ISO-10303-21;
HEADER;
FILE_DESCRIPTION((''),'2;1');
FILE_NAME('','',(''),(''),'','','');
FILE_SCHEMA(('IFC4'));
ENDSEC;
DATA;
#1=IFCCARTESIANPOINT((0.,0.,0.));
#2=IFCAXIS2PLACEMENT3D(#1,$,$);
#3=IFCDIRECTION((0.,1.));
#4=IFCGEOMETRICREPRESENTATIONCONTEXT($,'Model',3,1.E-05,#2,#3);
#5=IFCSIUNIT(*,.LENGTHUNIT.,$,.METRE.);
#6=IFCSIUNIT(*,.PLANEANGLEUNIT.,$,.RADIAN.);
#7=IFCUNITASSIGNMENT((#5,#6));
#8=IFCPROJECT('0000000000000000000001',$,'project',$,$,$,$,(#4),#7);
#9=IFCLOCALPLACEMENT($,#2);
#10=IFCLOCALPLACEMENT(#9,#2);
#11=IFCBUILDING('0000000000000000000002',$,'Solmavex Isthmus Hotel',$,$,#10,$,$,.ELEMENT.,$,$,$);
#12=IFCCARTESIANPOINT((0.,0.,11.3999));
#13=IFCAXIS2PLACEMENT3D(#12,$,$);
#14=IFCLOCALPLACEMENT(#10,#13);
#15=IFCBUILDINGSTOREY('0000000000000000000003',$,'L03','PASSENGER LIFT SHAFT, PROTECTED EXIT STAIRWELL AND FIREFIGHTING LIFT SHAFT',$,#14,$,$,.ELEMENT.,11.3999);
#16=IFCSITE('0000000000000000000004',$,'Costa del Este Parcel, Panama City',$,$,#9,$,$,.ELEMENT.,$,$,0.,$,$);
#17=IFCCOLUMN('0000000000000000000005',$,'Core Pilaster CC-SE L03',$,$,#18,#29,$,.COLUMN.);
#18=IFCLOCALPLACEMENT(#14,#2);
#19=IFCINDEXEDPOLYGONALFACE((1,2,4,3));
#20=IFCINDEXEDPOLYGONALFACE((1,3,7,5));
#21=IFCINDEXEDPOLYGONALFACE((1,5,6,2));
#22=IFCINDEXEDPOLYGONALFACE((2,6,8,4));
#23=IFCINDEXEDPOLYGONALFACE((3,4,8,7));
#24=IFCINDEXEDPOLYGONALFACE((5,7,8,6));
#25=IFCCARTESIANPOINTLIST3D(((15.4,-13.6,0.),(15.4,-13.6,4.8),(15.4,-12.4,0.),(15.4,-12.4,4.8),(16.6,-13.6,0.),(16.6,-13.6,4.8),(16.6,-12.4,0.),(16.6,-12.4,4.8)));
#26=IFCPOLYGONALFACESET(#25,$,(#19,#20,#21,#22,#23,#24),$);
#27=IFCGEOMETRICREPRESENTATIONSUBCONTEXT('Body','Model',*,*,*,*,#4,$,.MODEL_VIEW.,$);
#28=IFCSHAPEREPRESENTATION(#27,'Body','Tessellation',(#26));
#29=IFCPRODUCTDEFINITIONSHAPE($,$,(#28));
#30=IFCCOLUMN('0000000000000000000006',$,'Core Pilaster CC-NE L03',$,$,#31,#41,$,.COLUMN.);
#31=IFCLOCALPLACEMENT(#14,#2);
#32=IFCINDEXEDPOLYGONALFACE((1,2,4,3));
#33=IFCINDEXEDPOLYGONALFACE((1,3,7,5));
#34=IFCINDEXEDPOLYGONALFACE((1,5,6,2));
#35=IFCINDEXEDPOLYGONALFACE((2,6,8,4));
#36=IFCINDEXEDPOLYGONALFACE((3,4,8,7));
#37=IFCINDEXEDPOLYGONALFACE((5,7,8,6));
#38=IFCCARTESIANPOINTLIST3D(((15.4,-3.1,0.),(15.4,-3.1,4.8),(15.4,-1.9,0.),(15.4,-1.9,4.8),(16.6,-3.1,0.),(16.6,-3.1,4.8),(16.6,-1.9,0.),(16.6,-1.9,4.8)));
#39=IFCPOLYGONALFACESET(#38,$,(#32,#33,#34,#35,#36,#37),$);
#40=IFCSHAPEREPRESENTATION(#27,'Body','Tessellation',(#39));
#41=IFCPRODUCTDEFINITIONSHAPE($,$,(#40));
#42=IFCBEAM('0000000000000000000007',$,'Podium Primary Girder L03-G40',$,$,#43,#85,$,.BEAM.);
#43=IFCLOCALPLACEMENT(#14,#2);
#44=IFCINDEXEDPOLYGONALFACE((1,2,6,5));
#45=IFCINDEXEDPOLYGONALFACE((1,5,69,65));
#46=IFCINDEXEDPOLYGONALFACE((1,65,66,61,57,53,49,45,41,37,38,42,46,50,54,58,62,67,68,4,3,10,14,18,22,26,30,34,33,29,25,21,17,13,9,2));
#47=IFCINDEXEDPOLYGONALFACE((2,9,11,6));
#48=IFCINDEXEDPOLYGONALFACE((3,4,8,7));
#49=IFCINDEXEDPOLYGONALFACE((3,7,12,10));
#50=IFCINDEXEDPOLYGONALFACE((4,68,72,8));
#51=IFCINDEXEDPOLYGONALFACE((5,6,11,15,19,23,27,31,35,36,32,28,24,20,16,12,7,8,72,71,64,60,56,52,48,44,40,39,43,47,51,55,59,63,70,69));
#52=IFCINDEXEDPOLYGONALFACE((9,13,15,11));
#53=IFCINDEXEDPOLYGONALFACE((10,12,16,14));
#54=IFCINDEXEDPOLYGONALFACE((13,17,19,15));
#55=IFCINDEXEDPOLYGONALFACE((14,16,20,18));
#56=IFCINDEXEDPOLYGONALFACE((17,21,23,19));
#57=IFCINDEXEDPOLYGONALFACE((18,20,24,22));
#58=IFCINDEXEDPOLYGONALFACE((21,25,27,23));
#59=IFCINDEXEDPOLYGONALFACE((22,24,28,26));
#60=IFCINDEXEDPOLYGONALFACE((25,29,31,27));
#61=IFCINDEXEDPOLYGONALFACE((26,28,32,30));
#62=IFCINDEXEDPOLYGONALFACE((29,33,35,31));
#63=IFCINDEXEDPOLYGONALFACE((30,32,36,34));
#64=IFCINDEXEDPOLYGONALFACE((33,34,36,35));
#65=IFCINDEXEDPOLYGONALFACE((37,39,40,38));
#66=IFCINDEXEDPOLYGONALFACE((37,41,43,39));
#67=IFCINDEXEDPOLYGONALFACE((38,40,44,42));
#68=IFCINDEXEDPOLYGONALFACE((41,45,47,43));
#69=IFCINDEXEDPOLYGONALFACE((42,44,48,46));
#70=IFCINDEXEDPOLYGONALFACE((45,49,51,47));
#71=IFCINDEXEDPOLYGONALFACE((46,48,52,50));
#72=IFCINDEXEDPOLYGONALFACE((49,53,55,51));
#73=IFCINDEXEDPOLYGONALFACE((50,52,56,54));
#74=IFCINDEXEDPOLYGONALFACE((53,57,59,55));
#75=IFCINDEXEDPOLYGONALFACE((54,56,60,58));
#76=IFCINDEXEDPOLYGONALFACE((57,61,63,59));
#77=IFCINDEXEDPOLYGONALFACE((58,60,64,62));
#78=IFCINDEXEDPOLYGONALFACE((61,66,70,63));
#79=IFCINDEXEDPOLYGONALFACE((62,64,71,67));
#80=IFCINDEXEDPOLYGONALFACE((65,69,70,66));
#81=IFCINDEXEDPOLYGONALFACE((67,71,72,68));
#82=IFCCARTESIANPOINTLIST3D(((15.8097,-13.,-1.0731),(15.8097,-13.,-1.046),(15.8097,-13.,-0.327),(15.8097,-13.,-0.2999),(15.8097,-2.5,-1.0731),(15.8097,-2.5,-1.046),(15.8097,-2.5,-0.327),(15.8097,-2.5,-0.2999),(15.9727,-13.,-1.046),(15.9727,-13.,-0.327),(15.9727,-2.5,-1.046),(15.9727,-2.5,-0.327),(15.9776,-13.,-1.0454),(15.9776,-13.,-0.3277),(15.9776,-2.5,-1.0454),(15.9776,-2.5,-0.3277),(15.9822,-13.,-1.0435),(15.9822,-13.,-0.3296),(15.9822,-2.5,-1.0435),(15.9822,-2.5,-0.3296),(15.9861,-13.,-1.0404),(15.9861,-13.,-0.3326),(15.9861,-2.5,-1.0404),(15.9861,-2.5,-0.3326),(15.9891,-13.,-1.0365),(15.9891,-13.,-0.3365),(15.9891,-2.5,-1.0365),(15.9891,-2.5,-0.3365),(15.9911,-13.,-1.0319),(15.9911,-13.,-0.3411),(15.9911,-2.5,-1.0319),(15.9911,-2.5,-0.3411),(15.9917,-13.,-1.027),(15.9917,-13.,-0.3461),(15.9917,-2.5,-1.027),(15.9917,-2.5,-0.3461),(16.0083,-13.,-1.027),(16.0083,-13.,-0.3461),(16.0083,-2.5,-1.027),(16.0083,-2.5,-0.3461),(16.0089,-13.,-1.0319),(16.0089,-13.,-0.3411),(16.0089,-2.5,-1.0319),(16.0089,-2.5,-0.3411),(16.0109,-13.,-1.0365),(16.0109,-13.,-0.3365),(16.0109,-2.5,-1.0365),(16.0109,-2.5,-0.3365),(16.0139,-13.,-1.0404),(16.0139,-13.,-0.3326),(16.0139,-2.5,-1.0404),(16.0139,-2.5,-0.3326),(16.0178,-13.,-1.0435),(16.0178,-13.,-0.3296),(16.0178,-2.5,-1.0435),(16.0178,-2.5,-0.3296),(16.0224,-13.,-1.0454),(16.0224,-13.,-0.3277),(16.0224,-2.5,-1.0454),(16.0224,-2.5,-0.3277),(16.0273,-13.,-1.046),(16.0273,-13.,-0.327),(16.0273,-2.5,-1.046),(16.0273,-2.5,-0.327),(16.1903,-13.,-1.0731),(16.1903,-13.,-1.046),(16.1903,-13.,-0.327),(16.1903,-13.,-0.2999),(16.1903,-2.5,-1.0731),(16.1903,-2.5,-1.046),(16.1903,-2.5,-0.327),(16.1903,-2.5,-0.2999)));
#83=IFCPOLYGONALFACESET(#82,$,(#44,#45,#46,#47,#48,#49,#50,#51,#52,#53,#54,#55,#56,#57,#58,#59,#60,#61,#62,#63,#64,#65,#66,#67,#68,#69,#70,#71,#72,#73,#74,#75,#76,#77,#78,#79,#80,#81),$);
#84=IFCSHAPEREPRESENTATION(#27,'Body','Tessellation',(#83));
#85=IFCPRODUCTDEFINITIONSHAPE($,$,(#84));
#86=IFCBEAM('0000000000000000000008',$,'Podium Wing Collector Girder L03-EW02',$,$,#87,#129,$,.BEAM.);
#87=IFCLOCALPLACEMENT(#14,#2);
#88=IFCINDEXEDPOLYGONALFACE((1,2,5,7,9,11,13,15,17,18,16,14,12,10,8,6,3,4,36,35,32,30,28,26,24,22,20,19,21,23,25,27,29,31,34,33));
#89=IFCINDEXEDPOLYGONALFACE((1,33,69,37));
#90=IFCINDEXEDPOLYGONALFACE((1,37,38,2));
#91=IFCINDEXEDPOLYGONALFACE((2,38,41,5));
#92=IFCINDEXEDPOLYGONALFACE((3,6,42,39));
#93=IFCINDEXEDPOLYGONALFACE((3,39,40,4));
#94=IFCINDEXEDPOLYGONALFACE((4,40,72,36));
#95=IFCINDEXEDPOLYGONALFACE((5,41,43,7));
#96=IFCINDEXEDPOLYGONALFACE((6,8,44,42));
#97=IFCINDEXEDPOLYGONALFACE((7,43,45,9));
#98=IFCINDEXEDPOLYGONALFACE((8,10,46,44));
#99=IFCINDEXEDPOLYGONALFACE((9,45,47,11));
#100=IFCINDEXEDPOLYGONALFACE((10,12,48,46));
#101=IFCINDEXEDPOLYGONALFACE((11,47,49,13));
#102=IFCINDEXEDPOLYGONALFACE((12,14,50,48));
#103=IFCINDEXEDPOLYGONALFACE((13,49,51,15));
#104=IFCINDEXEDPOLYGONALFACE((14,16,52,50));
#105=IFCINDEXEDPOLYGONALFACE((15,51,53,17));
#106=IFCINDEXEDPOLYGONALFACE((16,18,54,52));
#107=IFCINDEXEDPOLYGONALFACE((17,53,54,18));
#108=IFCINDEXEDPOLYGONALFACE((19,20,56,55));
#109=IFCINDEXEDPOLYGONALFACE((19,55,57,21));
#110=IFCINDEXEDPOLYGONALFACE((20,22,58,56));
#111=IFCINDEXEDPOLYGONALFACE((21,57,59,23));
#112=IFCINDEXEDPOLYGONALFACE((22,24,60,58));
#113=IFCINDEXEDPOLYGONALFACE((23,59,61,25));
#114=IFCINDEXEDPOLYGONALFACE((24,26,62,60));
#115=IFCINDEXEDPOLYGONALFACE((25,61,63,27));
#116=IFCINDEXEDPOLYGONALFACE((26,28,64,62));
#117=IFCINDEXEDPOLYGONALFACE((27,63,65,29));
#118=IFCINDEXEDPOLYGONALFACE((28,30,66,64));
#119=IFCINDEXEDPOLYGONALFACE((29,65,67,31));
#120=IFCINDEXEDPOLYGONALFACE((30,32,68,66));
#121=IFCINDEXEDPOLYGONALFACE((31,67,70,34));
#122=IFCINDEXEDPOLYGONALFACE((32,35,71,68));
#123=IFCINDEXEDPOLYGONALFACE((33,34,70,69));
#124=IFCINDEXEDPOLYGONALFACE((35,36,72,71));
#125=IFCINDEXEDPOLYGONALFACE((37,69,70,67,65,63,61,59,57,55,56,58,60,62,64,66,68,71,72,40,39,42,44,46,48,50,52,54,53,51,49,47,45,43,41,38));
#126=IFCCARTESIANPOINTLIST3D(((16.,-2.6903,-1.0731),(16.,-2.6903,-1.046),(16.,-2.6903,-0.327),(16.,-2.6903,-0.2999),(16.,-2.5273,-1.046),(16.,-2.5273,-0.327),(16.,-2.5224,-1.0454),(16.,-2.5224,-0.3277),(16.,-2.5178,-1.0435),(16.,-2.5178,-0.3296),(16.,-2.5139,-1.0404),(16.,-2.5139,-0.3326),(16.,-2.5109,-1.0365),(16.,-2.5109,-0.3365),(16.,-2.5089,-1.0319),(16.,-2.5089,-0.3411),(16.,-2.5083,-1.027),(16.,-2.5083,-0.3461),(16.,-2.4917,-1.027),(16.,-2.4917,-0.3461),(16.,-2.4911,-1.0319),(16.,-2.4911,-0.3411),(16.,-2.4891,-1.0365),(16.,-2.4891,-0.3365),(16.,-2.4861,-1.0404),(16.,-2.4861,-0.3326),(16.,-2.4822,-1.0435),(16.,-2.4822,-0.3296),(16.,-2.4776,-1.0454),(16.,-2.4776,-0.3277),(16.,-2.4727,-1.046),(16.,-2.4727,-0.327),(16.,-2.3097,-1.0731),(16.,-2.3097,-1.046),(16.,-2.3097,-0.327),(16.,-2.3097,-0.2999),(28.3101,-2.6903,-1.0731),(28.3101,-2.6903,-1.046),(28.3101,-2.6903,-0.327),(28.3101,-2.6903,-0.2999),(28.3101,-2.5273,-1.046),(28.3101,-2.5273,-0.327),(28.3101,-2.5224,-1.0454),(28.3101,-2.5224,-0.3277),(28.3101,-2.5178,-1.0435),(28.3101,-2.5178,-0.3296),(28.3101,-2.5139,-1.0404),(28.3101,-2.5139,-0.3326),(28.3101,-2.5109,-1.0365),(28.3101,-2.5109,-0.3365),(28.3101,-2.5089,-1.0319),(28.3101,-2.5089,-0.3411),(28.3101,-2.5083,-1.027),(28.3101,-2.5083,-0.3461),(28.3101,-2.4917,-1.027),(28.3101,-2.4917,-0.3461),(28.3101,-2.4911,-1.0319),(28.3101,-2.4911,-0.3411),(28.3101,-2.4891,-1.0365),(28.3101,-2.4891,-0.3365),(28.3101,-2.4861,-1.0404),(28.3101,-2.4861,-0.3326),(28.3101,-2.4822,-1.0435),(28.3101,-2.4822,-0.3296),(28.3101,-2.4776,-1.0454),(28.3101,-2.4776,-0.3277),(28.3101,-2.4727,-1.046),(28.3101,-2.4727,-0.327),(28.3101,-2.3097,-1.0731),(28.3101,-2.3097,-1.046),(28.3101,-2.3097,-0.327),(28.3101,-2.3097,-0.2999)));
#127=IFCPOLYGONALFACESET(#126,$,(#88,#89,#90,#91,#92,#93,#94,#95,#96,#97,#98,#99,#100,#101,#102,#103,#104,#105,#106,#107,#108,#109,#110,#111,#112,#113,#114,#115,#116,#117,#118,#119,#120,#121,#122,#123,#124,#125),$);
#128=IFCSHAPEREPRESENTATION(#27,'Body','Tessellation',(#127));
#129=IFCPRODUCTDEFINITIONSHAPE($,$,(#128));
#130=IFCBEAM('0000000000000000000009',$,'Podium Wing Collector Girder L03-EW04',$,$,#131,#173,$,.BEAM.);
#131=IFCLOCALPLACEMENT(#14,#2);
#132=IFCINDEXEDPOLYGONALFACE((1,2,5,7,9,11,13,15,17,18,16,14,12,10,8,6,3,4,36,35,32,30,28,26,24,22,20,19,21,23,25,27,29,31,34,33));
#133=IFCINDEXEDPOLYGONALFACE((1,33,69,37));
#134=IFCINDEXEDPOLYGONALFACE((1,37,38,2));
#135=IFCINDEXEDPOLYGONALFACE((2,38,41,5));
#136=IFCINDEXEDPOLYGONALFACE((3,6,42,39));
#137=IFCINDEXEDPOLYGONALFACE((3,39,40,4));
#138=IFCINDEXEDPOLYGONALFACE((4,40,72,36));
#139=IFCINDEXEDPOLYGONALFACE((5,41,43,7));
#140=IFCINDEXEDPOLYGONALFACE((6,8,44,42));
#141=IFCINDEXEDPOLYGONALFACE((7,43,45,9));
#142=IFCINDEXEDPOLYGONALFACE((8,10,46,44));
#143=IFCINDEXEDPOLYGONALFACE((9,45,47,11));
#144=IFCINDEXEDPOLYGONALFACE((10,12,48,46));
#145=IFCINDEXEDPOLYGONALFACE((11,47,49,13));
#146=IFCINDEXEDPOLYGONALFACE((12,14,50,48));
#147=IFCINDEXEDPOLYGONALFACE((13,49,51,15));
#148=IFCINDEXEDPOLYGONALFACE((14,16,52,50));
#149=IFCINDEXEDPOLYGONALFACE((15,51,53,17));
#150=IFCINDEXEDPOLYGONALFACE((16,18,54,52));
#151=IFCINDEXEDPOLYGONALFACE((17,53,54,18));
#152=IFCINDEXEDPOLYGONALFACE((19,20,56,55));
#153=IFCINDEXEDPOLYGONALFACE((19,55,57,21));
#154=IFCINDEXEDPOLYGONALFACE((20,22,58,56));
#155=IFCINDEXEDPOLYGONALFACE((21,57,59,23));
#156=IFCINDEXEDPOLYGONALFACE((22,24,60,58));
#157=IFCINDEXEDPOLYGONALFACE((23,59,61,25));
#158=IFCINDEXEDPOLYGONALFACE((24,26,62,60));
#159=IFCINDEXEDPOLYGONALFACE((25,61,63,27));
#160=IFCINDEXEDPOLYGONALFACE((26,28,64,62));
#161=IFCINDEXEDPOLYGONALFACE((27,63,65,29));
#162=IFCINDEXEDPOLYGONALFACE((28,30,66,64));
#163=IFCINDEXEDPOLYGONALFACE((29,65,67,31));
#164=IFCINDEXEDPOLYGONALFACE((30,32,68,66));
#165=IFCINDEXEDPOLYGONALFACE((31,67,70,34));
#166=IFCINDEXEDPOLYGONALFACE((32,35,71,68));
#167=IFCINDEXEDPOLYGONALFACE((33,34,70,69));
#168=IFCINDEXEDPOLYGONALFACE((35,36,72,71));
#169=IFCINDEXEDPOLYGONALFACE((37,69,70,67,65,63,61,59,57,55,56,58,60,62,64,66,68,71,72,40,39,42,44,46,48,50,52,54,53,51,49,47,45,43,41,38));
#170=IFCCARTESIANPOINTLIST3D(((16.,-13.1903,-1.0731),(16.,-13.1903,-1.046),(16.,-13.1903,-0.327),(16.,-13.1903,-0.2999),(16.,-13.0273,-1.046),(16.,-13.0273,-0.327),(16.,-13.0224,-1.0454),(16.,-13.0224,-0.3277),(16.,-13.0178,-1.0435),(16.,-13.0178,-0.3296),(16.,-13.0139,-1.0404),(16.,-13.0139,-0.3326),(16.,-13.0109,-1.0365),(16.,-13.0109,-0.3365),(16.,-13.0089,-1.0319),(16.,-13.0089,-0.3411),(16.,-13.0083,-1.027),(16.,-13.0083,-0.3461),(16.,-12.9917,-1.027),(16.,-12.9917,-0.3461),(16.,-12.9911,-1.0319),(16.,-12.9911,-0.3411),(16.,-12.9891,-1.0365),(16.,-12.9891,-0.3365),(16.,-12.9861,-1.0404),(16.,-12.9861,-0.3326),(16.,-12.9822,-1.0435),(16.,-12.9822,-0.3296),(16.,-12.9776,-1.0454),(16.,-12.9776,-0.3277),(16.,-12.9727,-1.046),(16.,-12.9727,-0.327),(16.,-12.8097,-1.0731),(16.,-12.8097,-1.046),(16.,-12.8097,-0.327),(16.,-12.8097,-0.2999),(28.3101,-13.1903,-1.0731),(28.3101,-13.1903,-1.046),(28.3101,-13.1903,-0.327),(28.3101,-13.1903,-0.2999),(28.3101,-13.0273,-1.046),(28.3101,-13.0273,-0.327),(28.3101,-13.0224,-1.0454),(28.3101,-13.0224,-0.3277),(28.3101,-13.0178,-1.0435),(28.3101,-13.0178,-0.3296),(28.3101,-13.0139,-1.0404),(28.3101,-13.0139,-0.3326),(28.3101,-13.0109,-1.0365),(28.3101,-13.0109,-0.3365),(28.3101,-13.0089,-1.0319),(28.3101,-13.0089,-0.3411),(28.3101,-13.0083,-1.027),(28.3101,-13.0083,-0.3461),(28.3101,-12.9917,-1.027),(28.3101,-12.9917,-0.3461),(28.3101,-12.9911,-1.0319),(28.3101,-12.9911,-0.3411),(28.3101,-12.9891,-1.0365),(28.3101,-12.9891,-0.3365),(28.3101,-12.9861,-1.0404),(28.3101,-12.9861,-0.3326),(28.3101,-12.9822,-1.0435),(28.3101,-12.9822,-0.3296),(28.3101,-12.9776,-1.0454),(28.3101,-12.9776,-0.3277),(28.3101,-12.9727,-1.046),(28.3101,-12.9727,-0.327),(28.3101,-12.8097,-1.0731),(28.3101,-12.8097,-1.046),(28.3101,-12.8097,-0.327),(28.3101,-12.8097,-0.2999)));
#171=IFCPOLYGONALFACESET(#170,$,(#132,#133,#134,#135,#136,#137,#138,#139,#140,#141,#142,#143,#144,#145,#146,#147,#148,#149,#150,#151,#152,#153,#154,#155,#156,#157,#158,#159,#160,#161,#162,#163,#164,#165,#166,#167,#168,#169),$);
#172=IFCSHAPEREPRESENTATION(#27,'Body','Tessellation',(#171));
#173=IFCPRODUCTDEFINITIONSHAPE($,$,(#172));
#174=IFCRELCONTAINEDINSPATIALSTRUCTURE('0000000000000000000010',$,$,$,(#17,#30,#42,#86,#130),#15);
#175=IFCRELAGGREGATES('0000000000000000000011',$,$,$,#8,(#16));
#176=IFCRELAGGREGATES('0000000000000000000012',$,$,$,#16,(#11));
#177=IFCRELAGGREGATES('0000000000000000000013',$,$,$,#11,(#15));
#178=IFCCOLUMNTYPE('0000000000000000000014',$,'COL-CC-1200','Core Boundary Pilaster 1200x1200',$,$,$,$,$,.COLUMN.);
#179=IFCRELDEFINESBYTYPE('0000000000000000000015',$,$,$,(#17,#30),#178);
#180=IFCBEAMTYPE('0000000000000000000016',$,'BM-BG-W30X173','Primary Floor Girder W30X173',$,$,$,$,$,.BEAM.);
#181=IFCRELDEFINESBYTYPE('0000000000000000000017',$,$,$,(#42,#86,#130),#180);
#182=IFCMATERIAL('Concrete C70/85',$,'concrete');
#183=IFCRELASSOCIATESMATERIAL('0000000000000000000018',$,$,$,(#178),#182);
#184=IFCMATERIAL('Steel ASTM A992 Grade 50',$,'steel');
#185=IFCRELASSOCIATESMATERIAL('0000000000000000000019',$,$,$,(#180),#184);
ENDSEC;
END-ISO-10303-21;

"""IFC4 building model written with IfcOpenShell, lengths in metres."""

from ifc_helpers import new_model, si_unit, direction, frame, origin, origin_2d, place, context, subcontext, project, spatial, rectangle, i_section, extrude, material, material_profile, profile_set, type_object, element, save


model = new_model("IFC4")

# Units and contexts
model_context = context("Model", 3, precision=1e-05, world=origin(), true_north=direction((0.0, 1.0)))
body_context = subcontext(model_context, "Body", "Model", "MODEL_VIEW")
ifc_project = project(units=[si_unit("LENGTHUNIT", "METRE"), si_unit("PLANEANGLEUNIT", "RADIAN")], contexts=[model_context])

# Site, building, storey
site_placement = place(None, origin())
site = spatial("IfcSite", under=ifc_project, at=site_placement, Name="Costa del Este Parcel, Panama City", CompositionType="ELEMENT", RefElevation=0.0)
building_placement = place(site_placement, origin())
building = spatial("IfcBuilding", under=site, at=building_placement, Name="Solmavex Isthmus Hotel", CompositionType="ELEMENT")
storey_placement = place(building_placement, frame((0.0, 0.0, 11.3999)))
storey = spatial("IfcBuildingStorey", under=building, at=storey_placement, Name="L03", Description="PASSENGER LIFT SHAFT, PROTECTED EXIT STAIRWELL AND FIREFIGHTING LIFT SHAFT", CompositionType="ELEMENT", Elevation=11.3999)

# Columns
ifc_material_1 = material(Name="Concrete C70/85", Category="concrete")
ifc_material_profile_1 = material_profile(ifc_material_1, rectangle(XDim=1.2, YDim=1.2, at=origin_2d()), Name="RC1200X1200")
ifc_profile_set_1 = profile_set([ifc_material_profile_1], Name="Concrete C70/85")
column_type = type_object("IfcColumnType", Name="COL-CC-1200", Description="Core Boundary Pilaster 1200x1200", PredefinedType="COLUMN", material=ifc_profile_set_1)
for number, where, z_axis, x_axis, name in (
    (1, (16.0, -13.0, 0.0), (0.0, 0.0, 1.0), (1.0, 0.0, 0.0), "Core Pilaster CC-SE L03"),
    (2, (16.0, -2.5, 0.0), (0.0, 0.0, 1.0), (1.0, 0.0, 0.0), "Core Pilaster CC-NE L03"),
):
    element("IfcColumn", number, at=place(storey_placement, frame(where, z_axis=z_axis, x_axis=x_axis)), inside=storey, type_object=column_type, Name=name, PredefinedType="COLUMN", context=body_context, shape_type="SweptSolid", body=[
        extrude(rectangle(XDim=1.2, YDim=1.2, at=origin_2d()), origin(), (0.0, 0.0, 1.0), 4.8),
    ])

# Beams
ifc_material_2 = material(Name="Steel ASTM A992 Grade 50", Category="steel")
ifc_material_profile_2 = material_profile(ifc_material_2, i_section(OverallWidth=0.3806, OverallDepth=0.7732, WebThickness=0.0166, FlangeThickness=0.0271, FilletRadius=0.019, at=origin_2d()), Name="W30X173")
ifc_profile_set_2 = profile_set([ifc_material_profile_2], Name="Steel ASTM A992 Grade 50")
beam_type_1 = type_object("IfcBeamType", Name="BM-BG-W30X173", Description="Primary Floor Girder W30X173", PredefinedType="BEAM", material=ifc_profile_set_2)
beam_1_placement = place(storey_placement, frame((16.0, -13.0, -0.6865), z_axis=(0.0, 1.0, 0.0), x_axis=(-1.0, 0.0, 0.0)))
element("IfcBeam", 3, at=beam_1_placement, inside=storey, type_object=beam_type_1, Name="Podium Primary Girder L03-G40", PredefinedType="BEAM", context=body_context, shape_type="SweptSolid", body=[
    extrude(i_section(OverallWidth=0.3806, OverallDepth=0.7732, WebThickness=0.0166, FlangeThickness=0.0271, FilletRadius=0.019, at=origin_2d()), origin(), (0.0, 0.0, 1.0), 10.5),
])
for number, where, z_axis, x_axis, name in (
    (4, (16.0, -2.5, -0.6865), (1.0, 0.0, 0.0), (0.0, 1.0, 0.0), "Podium Wing Collector Girder L03-EW02"),
    (5, (16.0, -13.0, -0.6865), (1.0, 0.0, 0.0), (0.0, 1.0, 0.0), "Podium Wing Collector Girder L03-EW04"),
):
    element("IfcBeam", number, at=place(storey_placement, frame(where, z_axis=z_axis, x_axis=x_axis)), inside=storey, type_object=beam_type_1, Name=name, PredefinedType="BEAM", context=body_context, shape_type="SweptSolid", body=[
        extrude(i_section(OverallWidth=0.3806, OverallDepth=0.7732, WebThickness=0.0166, FlangeThickness=0.0271, FilletRadius=0.019, at=origin_2d()), origin(), (0.0, 0.0, 1.0), 12.3101),
    ])

save(model, "model.ifc")
